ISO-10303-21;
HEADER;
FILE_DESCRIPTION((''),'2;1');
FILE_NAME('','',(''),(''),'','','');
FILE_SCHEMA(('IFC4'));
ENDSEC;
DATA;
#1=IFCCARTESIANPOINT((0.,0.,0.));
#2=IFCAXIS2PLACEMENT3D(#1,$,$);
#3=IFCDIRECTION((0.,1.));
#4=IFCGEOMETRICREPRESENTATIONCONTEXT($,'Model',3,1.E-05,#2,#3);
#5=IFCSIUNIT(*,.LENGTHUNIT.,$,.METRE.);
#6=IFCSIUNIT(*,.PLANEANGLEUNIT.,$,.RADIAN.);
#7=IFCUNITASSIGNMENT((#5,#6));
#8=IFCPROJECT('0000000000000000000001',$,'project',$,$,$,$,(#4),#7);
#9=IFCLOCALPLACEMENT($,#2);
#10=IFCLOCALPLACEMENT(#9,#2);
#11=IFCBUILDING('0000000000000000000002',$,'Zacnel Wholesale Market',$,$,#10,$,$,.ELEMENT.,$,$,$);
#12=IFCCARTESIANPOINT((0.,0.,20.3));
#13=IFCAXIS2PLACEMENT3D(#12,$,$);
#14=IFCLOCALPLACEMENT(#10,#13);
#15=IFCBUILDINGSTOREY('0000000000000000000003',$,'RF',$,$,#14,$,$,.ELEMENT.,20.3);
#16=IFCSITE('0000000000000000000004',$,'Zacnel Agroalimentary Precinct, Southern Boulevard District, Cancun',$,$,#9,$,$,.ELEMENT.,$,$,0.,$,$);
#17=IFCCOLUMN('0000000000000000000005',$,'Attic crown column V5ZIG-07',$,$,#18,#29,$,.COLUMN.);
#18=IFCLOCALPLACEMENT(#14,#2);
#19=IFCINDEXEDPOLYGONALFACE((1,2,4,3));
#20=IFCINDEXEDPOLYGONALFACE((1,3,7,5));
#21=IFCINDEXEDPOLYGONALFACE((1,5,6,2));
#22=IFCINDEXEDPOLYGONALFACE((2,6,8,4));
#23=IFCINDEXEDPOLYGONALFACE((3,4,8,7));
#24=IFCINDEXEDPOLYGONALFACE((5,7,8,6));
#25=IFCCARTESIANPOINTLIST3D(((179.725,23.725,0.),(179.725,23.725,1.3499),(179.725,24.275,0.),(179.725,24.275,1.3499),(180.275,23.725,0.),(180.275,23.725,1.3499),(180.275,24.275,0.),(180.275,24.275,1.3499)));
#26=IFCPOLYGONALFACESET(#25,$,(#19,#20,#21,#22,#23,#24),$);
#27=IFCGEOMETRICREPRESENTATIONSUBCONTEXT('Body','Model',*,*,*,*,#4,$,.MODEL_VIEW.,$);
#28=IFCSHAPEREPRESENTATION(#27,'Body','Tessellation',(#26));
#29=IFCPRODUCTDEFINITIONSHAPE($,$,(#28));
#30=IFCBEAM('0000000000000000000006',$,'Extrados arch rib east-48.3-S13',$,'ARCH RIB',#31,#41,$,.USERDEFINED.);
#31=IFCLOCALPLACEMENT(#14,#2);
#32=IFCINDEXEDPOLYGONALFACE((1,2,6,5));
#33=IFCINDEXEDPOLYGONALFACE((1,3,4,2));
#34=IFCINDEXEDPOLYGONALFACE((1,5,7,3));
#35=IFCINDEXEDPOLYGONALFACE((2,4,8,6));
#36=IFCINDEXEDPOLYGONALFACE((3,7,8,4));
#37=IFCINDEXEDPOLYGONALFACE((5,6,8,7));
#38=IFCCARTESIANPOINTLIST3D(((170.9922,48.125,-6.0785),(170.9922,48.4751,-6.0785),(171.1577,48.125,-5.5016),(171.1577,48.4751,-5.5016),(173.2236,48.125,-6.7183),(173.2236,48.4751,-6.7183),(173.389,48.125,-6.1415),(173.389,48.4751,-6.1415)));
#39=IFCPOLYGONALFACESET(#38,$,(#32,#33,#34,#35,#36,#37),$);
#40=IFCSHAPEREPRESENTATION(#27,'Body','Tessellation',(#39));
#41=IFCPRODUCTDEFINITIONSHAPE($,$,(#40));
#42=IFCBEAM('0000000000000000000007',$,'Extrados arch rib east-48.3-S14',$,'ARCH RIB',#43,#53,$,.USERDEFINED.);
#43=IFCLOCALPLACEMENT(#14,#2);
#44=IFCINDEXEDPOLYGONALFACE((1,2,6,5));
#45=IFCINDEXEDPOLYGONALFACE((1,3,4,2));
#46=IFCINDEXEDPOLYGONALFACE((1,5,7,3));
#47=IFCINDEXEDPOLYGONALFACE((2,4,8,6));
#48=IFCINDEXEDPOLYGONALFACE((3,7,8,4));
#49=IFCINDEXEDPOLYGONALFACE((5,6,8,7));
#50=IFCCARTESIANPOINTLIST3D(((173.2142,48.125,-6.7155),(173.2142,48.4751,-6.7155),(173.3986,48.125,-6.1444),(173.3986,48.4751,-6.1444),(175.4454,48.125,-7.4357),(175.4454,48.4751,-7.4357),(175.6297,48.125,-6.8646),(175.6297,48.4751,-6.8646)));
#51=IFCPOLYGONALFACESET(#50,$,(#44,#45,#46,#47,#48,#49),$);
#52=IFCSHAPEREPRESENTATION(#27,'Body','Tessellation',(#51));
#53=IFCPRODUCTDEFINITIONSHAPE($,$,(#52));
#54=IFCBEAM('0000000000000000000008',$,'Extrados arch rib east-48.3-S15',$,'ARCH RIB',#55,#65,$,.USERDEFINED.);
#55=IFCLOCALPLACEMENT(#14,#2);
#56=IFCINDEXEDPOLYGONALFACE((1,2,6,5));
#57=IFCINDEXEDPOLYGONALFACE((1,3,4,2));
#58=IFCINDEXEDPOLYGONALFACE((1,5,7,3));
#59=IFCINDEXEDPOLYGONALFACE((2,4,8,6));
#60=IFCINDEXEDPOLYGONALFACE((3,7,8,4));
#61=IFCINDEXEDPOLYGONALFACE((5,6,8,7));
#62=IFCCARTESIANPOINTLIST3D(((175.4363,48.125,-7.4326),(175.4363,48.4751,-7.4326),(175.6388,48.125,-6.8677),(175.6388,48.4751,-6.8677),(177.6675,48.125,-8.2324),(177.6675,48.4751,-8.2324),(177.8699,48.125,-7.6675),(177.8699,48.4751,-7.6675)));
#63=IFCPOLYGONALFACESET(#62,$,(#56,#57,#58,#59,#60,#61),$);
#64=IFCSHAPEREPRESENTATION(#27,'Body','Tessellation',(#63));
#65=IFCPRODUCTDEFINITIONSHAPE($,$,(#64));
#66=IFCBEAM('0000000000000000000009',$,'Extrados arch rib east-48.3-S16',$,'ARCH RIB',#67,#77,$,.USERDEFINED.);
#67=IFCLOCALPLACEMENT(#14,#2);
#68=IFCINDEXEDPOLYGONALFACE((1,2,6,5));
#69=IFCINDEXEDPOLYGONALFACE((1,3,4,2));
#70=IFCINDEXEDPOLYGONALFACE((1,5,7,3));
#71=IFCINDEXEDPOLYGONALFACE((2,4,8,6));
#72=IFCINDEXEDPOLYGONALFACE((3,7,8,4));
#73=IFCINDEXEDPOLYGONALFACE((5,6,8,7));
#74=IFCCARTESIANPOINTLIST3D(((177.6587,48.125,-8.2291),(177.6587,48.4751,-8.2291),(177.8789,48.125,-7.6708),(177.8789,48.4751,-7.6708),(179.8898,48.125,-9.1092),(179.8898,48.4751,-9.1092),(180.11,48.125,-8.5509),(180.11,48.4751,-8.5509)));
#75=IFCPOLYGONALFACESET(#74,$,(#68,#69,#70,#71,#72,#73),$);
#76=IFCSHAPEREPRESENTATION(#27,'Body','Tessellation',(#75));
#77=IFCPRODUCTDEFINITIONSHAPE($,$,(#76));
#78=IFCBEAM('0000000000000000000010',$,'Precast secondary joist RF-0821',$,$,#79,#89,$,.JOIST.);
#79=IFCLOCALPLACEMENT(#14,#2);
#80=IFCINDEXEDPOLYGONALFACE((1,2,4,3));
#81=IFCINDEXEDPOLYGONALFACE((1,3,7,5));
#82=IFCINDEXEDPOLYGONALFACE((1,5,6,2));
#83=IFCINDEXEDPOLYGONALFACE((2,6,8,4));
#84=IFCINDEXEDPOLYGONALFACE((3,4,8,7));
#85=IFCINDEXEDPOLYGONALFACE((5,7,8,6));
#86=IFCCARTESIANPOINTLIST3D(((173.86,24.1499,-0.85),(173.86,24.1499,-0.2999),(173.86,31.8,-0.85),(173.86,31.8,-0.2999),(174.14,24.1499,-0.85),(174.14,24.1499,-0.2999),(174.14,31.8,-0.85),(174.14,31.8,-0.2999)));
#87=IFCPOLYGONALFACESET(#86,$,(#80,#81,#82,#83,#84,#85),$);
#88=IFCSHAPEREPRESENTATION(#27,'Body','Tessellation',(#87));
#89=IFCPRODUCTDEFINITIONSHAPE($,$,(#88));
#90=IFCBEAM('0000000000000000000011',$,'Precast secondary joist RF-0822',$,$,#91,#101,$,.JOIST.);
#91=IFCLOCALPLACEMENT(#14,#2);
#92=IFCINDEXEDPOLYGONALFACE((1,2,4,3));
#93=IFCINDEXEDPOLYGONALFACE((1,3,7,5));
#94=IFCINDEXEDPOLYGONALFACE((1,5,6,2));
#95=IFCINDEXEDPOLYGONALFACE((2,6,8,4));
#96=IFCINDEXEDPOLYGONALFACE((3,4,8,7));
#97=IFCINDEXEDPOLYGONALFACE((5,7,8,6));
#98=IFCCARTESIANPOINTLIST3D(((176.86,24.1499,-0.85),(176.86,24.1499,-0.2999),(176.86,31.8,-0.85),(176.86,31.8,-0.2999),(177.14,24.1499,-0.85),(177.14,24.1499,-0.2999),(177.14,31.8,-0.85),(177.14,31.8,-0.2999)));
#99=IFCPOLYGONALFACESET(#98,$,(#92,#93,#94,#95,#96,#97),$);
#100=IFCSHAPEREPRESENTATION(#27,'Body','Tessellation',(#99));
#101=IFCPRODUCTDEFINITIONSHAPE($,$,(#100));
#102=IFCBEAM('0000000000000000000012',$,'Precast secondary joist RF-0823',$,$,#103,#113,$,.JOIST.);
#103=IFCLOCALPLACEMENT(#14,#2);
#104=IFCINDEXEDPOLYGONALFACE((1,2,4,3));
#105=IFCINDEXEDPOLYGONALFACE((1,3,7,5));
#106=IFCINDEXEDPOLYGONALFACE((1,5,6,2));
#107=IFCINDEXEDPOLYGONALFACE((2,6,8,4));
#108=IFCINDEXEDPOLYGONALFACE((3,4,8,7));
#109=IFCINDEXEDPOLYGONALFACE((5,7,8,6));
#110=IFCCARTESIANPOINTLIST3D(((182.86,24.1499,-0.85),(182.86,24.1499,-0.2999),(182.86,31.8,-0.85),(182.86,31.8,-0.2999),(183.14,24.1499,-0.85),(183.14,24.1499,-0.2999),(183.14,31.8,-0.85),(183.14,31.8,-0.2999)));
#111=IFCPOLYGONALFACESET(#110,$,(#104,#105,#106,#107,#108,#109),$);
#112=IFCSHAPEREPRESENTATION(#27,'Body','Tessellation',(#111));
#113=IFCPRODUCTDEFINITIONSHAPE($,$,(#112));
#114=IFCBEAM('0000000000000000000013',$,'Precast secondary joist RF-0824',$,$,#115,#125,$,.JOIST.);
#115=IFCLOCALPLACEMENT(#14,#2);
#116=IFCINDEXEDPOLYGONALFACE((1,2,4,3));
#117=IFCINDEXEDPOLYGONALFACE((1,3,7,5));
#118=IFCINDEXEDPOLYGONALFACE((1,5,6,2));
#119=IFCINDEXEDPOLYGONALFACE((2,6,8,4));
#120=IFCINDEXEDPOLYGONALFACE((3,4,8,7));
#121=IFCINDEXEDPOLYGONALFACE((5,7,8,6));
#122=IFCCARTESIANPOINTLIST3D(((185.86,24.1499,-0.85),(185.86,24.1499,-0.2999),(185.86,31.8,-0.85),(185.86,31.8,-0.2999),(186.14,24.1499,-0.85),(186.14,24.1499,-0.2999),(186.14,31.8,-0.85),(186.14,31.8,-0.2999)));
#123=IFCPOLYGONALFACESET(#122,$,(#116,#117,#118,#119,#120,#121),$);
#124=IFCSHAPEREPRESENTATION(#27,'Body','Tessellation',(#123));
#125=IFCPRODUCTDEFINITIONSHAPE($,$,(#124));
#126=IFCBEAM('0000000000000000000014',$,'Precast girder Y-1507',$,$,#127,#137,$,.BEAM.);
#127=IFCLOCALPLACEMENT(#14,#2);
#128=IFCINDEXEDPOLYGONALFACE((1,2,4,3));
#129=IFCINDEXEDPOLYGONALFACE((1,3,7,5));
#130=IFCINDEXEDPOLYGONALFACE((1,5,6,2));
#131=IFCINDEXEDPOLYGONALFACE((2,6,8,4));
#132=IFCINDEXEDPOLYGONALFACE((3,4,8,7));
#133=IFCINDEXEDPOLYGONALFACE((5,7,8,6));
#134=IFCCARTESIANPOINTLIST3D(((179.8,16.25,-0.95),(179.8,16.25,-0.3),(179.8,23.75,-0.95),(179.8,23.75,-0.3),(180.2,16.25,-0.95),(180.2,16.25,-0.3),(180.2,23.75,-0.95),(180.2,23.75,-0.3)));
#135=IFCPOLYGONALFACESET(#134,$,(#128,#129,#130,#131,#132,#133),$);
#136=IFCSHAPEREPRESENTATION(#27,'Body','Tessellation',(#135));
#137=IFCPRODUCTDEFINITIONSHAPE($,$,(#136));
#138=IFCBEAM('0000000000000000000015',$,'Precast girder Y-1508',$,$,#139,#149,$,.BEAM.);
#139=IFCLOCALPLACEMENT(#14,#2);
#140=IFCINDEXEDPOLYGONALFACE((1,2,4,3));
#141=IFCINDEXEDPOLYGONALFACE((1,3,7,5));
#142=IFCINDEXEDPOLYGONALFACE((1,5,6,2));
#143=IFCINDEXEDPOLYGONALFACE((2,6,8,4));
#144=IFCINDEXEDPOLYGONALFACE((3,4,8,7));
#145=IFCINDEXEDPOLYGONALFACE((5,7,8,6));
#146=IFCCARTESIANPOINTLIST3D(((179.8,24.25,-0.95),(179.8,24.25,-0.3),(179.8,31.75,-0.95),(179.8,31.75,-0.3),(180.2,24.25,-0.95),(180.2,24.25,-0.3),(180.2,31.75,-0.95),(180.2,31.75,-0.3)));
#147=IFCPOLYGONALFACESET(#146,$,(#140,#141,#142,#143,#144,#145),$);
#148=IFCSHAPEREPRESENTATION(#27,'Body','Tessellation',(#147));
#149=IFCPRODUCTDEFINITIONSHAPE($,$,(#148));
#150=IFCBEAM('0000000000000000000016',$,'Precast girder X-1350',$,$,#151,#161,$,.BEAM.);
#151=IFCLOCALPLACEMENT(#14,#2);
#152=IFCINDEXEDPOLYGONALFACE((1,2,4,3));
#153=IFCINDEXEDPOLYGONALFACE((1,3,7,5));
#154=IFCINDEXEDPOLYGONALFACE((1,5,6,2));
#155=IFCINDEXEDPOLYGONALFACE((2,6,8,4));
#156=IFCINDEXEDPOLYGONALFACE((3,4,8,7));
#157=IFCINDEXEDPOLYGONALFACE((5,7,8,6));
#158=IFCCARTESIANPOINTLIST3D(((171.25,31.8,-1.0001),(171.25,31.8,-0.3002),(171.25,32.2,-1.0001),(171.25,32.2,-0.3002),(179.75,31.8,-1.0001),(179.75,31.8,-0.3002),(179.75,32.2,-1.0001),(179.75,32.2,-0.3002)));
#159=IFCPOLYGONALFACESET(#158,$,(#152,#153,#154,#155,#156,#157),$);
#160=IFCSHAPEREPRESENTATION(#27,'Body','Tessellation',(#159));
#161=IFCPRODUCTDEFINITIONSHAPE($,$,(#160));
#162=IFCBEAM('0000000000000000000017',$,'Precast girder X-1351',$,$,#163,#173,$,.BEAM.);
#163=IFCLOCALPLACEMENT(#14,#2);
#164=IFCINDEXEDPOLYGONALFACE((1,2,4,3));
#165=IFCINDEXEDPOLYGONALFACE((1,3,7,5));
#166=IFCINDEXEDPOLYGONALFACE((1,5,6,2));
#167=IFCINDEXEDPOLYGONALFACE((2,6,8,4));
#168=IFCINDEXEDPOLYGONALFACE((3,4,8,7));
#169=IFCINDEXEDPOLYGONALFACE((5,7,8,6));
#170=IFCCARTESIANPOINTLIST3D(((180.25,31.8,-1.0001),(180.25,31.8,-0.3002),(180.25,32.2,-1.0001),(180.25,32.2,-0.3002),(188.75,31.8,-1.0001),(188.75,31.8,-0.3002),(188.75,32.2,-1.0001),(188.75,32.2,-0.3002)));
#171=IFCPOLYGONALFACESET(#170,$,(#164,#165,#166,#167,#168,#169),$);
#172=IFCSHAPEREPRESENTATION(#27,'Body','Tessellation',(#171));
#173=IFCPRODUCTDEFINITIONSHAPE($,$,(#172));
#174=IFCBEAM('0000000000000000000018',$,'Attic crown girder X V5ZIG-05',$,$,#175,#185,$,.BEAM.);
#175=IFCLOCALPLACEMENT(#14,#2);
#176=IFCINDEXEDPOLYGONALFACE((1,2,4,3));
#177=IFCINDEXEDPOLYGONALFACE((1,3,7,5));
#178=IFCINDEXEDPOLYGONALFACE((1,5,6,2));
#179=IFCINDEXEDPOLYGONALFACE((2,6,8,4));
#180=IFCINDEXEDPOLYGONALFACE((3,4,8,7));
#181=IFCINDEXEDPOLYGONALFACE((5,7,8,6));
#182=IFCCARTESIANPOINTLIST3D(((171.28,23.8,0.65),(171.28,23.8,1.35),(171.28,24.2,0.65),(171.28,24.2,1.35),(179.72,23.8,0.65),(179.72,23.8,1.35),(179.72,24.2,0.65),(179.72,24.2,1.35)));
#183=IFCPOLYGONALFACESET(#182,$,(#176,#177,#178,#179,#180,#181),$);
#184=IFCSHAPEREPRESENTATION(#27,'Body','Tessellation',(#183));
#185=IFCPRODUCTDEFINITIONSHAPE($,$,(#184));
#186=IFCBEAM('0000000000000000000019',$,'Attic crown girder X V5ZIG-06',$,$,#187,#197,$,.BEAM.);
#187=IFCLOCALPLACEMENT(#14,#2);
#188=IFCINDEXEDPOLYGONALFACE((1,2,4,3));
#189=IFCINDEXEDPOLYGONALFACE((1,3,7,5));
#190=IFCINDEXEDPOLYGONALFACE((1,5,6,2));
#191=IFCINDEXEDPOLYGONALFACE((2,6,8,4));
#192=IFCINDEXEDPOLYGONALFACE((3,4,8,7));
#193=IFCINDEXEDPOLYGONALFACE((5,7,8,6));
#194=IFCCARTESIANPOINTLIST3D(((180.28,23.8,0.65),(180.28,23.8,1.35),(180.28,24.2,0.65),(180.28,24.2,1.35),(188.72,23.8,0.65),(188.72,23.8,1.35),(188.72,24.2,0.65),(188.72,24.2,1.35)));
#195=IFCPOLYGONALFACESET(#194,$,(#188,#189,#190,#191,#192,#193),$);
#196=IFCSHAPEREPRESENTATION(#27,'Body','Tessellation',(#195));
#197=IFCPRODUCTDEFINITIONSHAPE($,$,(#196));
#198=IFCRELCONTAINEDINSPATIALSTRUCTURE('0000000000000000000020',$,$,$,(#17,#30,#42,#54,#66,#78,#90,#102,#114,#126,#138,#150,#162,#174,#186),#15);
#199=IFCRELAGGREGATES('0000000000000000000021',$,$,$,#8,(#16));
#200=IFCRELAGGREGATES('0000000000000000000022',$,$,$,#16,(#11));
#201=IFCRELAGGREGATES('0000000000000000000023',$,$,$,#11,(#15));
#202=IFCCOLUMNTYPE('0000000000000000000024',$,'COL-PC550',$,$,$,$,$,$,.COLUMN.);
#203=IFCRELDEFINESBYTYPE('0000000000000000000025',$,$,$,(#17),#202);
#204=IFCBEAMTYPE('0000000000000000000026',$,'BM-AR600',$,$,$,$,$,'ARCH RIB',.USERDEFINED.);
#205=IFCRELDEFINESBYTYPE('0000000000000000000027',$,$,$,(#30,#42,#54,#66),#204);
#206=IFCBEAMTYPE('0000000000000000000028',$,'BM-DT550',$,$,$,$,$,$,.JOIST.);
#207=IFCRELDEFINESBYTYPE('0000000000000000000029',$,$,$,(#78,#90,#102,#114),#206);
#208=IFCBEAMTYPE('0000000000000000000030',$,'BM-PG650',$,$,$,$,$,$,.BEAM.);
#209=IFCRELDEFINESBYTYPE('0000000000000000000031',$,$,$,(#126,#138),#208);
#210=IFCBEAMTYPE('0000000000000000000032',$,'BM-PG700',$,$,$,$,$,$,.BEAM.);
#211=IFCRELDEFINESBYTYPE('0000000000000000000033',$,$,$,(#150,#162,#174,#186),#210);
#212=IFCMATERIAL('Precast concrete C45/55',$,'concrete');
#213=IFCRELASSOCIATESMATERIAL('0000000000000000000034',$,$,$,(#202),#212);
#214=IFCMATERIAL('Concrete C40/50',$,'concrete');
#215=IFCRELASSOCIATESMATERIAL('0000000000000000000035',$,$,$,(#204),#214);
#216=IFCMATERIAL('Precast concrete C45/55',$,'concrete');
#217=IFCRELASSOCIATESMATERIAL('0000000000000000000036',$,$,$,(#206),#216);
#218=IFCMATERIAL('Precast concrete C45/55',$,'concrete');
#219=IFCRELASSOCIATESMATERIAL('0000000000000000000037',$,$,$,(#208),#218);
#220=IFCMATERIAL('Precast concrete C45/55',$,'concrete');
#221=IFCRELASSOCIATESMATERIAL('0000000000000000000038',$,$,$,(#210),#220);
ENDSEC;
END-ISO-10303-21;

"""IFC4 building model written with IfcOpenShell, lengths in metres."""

from ifc_helpers import new_model, si_unit, direction, frame, origin, origin_2d, place, context, subcontext, project, spatial, rectangle, extrude, material, material_profile, profile_set, type_object, element, save


model = new_model("IFC4")

# Units and contexts
model_context = context("Model", 3, precision=1e-05, world=origin(), true_north=direction((0.0, 1.0)))
body_context = subcontext(model_context, "Body", "Model", "MODEL_VIEW")
ifc_project = project(units=[si_unit("LENGTHUNIT", "METRE"), si_unit("PLANEANGLEUNIT", "RADIAN")], contexts=[model_context])

# Site, building, storey
site_placement = place(None, origin())
site = spatial("IfcSite", under=ifc_project, at=site_placement, Name="Zacnel Agroalimentary Precinct, Southern Boulevard District, Cancun", CompositionType="ELEMENT", RefElevation=0.0)
building_placement = place(site_placement, origin())
building = spatial("IfcBuilding", under=site, at=building_placement, Name="Zacnel Wholesale Market", CompositionType="ELEMENT")
storey_placement = place(building_placement, frame((0.0, 0.0, 20.3)))
storey = spatial("IfcBuildingStorey", under=building, at=storey_placement, Name="RF", CompositionType="ELEMENT", Elevation=20.3)

# Column
ifc_material_1 = material(Name="Precast concrete C45/55", Category="concrete")
ifc_material_profile_1 = material_profile(ifc_material_1, rectangle(XDim=0.55, YDim=0.55, at=origin_2d()), Name="PC 550x550")
ifc_profile_set_1 = profile_set([ifc_material_profile_1], Name="Precast concrete C45/55")
column_type = type_object("IfcColumnType", Name="COL-PC550", PredefinedType="COLUMN", material=ifc_profile_set_1)
column_placement = place(storey_placement, frame((180.0, 24.0, 0.0), z_axis=(0.0, 0.0, 1.0), x_axis=(1.0, 0.0, 0.0)))
element("IfcColumn", 1, at=column_placement, inside=storey, type_object=column_type, Name="Attic crown column V5ZIG-07", PredefinedType="COLUMN", context=body_context, shape_type="SweptSolid", body=[
    extrude(rectangle(XDim=0.55, YDim=0.55, at=origin_2d()), origin(), (0.0, 0.0, 1.0), 1.3499),
])

# Beams
ifc_material_2 = material(Name="Concrete C40/50", Category="concrete")
ifc_material_profile_2 = material_profile(ifc_material_2, rectangle(XDim=0.3501, YDim=0.6001, at=origin_2d()), Name="ARCH RIB 350x600")
ifc_profile_set_2 = profile_set([ifc_material_profile_2], Name="Concrete C40/50")
beam_type_1 = type_object("IfcBeamType", Name="BM-AR600", ElementType="ARCH RIB", PredefinedType="USERDEFINED", material=ifc_profile_set_2)
beam_1_placement = place(storey_placement, frame((171.075, 48.3, -5.79), z_axis=(0.961258, 0.0, -0.275652), x_axis=(0.0, 1.0, 0.0)))
element("IfcBeam", 2, at=beam_1_placement, inside=storey, type_object=beam_type_1, Name="Extrados arch rib east-48.3-S13", ObjectType="ARCH RIB", PredefinedType="USERDEFINED", context=body_context, shape_type="SweptSolid", body=[
    extrude(rectangle(XDim=0.3501, YDim=0.6001, at=origin_2d()), origin(), (0.0, 0.0, 1.0), 2.3213),
])
beam_2_placement = place(storey_placement, frame((173.3064, 48.3, -6.4299), z_axis=(0.95165, 0.0, -0.307185), x_axis=(0.0, 1.0, 0.0)))
element("IfcBeam", 3, at=beam_2_placement, inside=storey, type_object=beam_type_1, Name="Extrados arch rib east-48.3-S14", ObjectType="ARCH RIB", PredefinedType="USERDEFINED", context=body_context, shape_type="SweptSolid", body=[
    extrude(rectangle(XDim=0.3501, YDim=0.6001, at=origin_2d()), origin(), (0.0, 0.0, 1.0), 2.3445),
])
beam_3_placement = place(storey_placement, frame((175.5376, 48.3, -7.1501), z_axis=(0.941347, 0.0, -0.337439), x_axis=(0.0, 1.0, 0.0)))
element("IfcBeam", 4, at=beam_3_placement, inside=storey, type_object=beam_type_1, Name="Extrados arch rib east-48.3-S15", ObjectType="ARCH RIB", PredefinedType="USERDEFINED", context=body_context, shape_type="SweptSolid", body=[
    extrude(rectangle(XDim=0.3501, YDim=0.6001, at=origin_2d()), origin(), (0.0, 0.0, 1.0), 2.3701),
])
beam_4_placement = place(storey_placement, frame((177.7688, 48.3, -7.95), z_axis=(0.930242, 0.0, -0.366946), x_axis=(0.0, 1.0, 0.0)))
element("IfcBeam", 5, at=beam_4_placement, inside=storey, type_object=beam_type_1, Name="Extrados arch rib east-48.3-S16", ObjectType="ARCH RIB", PredefinedType="USERDEFINED", context=body_context, shape_type="SweptSolid", body=[
    extrude(rectangle(XDim=0.3501, YDim=0.6001, at=origin_2d()), origin(), (0.0, 0.0, 1.0), 2.3984),
])
ifc_material_3 = material(Name="Precast concrete C45/55", Category="concrete")
ifc_material_profile_3 = material_profile(ifc_material_3, rectangle(XDim=0.28, YDim=0.55, at=origin_2d()), Name="DT RIB 280x550")
ifc_profile_set_3 = profile_set([ifc_material_profile_3], Name="Precast concrete C45/55")
beam_type_2 = type_object("IfcBeamType", Name="BM-DT550", PredefinedType="JOIST", material=ifc_profile_set_3)
for number, where, z_axis, x_axis, name in (
    (6, (174.0, 24.1499, -0.575), (0.0, 1.0, 0.0), (-1.0, 0.0, 0.0), "Precast secondary joist RF-0821"),
    (7, (177.0, 24.1499, -0.575), (0.0, 1.0, 0.0), (-1.0, 0.0, 0.0), "Precast secondary joist RF-0822"),
    (8, (183.0, 24.1499, -0.575), (0.0, 1.0, 0.0), (-1.0, 0.0, 0.0), "Precast secondary joist RF-0823"),
    (9, (186.0, 24.1499, -0.575), (0.0, 1.0, 0.0), (-1.0, 0.0, 0.0), "Precast secondary joist RF-0824"),
):
    element("IfcBeam", number, at=place(storey_placement, frame(where, z_axis=z_axis, x_axis=x_axis)), inside=storey, type_object=beam_type_2, Name=name, PredefinedType="JOIST", context=body_context, shape_type="SweptSolid", body=[
        extrude(rectangle(XDim=0.28, YDim=0.55, at=origin_2d()), origin(), (0.0, 0.0, 1.0), 7.6501),
    ])
ifc_material_4 = material(Name="Precast concrete C45/55", Category="concrete")
ifc_material_profile_4 = material_profile(ifc_material_4, rectangle(XDim=0.3999, YDim=0.6499, at=origin_2d()), Name="PG 400x650")
ifc_profile_set_4 = profile_set([ifc_material_profile_4], Name="Precast concrete C45/55")
beam_type_3 = type_object("IfcBeamType", Name="BM-PG650", PredefinedType="BEAM", material=ifc_profile_set_4)
for number, where, z_axis, x_axis, name in (
    (10, (180.0, 16.25, -0.625), (0.0, 1.0, 0.0), (-1.0, 0.0, 0.0), "Precast girder Y-1507"),
    (11, (180.0, 24.25, -0.625), (0.0, 1.0, 0.0), (-1.0, 0.0, 0.0), "Precast girder Y-1508"),
):
    element("IfcBeam", number, at=place(storey_placement, frame(where, z_axis=z_axis, x_axis=x_axis)), inside=storey, type_object=beam_type_3, Name=name, PredefinedType="BEAM", context=body_context, shape_type="SweptSolid", body=[
        extrude(rectangle(XDim=0.3999, YDim=0.6499, at=origin_2d()), origin(), (0.0, 0.0, 1.0), 7.5),
    ])
ifc_material_5 = material(Name="Precast concrete C45/55", Category="concrete")
ifc_material_profile_5 = material_profile(ifc_material_5, rectangle(XDim=0.3999, YDim=0.7, at=origin_2d()), Name="PG 400x700")
ifc_profile_set_5 = profile_set([ifc_material_profile_5], Name="Precast concrete C45/55")
beam_type_4 = type_object("IfcBeamType", Name="BM-PG700", PredefinedType="BEAM", material=ifc_profile_set_5)
for number, where, z_axis, x_axis, name in (
    (12, (171.25, 32.0, -0.6501), (1.0, 0.0, 0.0), (0.0, 1.0, 0.0), "Precast girder X-1350"),
    (13, (180.25, 32.0, -0.6501), (1.0, 0.0, 0.0), (0.0, 1.0, 0.0), "Precast girder X-1351"),
):
    element("IfcBeam", number, at=place(storey_placement, frame(where, z_axis=z_axis, x_axis=x_axis)), inside=storey, type_object=beam_type_4, Name=name, PredefinedType="BEAM", context=body_context, shape_type="SweptSolid", body=[
        extrude(rectangle(XDim=0.3999, YDim=0.7, at=origin_2d()), origin(), (0.0, 0.0, 1.0), 8.5),
    ])
for number, where, z_axis, x_axis, name in (
    (14, (171.28, 24.0, 1.0), (1.0, 0.0, 0.0), (0.0, 1.0, 0.0), "Attic crown girder X V5ZIG-05"),
    (15, (180.28, 24.0, 1.0), (1.0, 0.0, 0.0), (0.0, 1.0, 0.0), "Attic crown girder X V5ZIG-06"),
):
    element("IfcBeam", number, at=place(storey_placement, frame(where, z_axis=z_axis, x_axis=x_axis)), inside=storey, type_object=beam_type_4, Name=name, PredefinedType="BEAM", context=body_context, shape_type="SweptSolid", body=[
        extrude(rectangle(XDim=0.3999, YDim=0.7, at=origin_2d()), origin(), (0.0, 0.0, 1.0), 8.4399),
    ])

save(model, "model.ifc")
